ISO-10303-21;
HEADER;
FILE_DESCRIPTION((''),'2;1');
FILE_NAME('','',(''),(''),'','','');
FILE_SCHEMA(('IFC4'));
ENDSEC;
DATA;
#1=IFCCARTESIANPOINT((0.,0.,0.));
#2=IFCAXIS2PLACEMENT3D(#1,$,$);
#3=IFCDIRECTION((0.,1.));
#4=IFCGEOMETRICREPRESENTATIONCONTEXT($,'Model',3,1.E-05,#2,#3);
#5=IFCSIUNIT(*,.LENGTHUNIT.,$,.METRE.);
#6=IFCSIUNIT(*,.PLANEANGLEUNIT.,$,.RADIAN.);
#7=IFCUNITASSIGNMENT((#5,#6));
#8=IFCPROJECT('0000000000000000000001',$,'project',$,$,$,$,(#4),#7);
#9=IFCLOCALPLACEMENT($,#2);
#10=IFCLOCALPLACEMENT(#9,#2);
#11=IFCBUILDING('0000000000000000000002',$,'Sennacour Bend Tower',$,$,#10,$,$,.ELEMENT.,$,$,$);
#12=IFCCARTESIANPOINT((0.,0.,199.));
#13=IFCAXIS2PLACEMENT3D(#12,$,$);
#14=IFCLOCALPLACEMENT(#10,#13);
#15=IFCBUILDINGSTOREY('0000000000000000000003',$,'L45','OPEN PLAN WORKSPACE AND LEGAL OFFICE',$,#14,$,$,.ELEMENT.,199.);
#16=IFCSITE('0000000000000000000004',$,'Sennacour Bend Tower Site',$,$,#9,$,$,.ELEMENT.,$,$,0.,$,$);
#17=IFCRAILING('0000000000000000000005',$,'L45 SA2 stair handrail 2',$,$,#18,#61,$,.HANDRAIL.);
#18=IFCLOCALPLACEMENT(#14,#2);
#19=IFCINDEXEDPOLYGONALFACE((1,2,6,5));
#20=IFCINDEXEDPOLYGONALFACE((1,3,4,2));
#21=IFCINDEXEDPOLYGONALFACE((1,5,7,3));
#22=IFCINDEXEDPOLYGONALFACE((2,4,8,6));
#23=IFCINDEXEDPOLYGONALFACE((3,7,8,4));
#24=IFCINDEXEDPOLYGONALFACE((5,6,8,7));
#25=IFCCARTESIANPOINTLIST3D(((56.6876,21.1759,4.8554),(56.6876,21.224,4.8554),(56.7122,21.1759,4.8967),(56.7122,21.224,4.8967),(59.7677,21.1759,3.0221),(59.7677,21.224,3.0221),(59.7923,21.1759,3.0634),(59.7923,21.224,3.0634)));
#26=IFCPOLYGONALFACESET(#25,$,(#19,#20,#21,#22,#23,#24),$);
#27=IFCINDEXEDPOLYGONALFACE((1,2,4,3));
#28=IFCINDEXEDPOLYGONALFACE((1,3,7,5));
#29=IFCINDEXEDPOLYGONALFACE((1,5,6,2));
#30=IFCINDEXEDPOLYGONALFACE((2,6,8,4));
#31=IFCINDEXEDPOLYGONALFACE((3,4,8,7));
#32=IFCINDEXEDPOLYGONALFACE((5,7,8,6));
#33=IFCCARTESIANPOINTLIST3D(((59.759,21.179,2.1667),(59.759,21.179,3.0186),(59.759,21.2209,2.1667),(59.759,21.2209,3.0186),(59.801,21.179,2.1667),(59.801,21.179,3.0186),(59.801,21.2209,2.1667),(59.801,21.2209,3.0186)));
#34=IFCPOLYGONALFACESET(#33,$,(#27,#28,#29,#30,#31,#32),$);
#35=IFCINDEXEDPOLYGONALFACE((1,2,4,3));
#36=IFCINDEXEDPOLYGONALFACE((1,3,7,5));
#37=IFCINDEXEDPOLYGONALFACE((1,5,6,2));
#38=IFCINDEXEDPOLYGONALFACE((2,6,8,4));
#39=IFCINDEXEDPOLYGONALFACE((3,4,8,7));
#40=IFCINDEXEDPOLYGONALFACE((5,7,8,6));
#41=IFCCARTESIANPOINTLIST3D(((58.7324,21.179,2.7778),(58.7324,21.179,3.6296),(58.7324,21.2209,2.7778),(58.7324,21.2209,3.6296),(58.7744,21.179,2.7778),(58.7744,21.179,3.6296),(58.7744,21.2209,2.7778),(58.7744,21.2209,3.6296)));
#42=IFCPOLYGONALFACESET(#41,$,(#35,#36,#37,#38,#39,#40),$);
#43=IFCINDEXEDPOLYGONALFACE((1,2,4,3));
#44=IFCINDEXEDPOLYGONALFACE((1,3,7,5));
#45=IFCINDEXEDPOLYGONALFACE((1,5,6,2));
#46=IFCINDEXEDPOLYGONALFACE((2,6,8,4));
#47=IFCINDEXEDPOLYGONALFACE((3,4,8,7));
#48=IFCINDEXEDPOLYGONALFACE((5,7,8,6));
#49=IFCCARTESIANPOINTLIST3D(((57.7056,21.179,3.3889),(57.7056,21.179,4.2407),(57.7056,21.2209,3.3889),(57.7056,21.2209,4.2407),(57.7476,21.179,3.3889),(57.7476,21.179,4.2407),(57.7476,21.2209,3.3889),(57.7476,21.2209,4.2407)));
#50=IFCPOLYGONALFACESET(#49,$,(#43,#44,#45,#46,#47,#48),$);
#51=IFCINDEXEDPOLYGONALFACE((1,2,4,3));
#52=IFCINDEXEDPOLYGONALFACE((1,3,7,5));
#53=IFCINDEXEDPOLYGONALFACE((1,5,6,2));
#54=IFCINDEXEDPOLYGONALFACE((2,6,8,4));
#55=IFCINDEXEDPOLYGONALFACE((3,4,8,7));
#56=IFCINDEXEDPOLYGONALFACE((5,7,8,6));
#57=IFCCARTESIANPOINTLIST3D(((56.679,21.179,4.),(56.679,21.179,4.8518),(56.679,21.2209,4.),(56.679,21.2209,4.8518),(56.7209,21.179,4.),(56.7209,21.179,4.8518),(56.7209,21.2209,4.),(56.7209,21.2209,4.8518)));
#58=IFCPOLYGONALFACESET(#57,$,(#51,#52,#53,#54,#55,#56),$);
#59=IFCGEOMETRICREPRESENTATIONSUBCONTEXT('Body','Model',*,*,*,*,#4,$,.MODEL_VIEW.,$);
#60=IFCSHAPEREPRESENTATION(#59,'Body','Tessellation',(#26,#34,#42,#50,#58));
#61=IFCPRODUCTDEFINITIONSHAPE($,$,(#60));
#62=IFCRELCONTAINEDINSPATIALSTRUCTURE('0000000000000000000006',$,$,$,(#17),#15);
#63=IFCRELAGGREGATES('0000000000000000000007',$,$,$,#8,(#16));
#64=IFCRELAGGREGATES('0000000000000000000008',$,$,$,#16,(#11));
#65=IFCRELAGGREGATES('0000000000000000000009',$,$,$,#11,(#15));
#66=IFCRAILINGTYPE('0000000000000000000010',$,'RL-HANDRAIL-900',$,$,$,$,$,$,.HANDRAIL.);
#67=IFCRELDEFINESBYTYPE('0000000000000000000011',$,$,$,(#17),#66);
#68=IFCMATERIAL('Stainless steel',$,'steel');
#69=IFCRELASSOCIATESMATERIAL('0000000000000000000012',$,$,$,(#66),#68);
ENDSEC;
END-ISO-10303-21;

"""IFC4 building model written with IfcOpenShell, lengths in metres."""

from ifc_helpers import new_model, si_unit, direction, frame, origin, origin_2d, place, context, subcontext, project, spatial, rectangle, extrude, material, type_object, element, save


model = new_model("IFC4")

# Units and contexts
model_context = context("Model", 3, precision=1e-05, world=origin(), true_north=direction((0.0, 1.0)))
body_context = subcontext(model_context, "Body", "Model", "MODEL_VIEW")
ifc_project = project(units=[si_unit("LENGTHUNIT", "METRE"), si_unit("PLANEANGLEUNIT", "RADIAN")], contexts=[model_context])

# Site, building, storey
site_placement = place(None, origin())
site = spatial("IfcSite", under=ifc_project, at=site_placement, Name="Sennacour Bend Tower Site", CompositionType="ELEMENT", RefElevation=0.0)
building_placement = place(site_placement, origin())
building = spatial("IfcBuilding", under=site, at=building_placement, Name="Sennacour Bend Tower", CompositionType="ELEMENT")
storey_placement = place(building_placement, frame((0.0, 0.0, 199.0)))
storey = spatial("IfcBuildingStorey", under=building, at=storey_placement, Name="L45", Description="OPEN PLAN WORKSPACE AND LEGAL OFFICE", CompositionType="ELEMENT", Elevation=199.0)

# Shared definitions
ifc_material_1 = material(Name="Stainless steel", Category="steel")

# Railing
railing_type_1 = type_object("IfcRailingType", Name="RL-HANDRAIL-900", PredefinedType="HANDRAIL", material=ifc_material_1)
railing_1_placement = place(storey_placement, frame((59.78, 21.2, 2.1667)))
element("IfcRailing", 1, at=railing_1_placement, inside=storey, type_object=railing_type_1, Name="L45 SA2 stair handrail 2", PredefinedType="HANDRAIL", context=body_context, shape_type="SweptSolid", body=[
    extrude(rectangle(XDim=0.0481, YDim=0.0481, at=origin_2d()), frame((0.0, 0.0, 0.876), z_axis=(-0.859309, 0.0, 0.511458), x_axis=(0.0, -1.0, 0.0)), (0.0, 0.0, 1.0), 3.5845),
    extrude(rectangle(XDim=0.042, YDim=0.042, at=origin_2d()), origin(), (0.0, 0.0, 1.0), 0.8518),
    extrude(rectangle(XDim=0.042, YDim=0.042, at=origin_2d()), frame((-1.0266, 0.0, 0.6111)), (0.0, 0.0, 1.0), 0.8518),
    extrude(rectangle(XDim=0.042, YDim=0.042, at=origin_2d()), frame((-2.0535, 0.0, 1.2222)), (0.0, 0.0, 1.0), 0.8518),
    extrude(rectangle(XDim=0.042, YDim=0.042, at=origin_2d()), frame((-3.0801, 0.0, 1.8333)), (0.0, 0.0, 1.0), 0.8518),
])

save(model, "model.ifc")
